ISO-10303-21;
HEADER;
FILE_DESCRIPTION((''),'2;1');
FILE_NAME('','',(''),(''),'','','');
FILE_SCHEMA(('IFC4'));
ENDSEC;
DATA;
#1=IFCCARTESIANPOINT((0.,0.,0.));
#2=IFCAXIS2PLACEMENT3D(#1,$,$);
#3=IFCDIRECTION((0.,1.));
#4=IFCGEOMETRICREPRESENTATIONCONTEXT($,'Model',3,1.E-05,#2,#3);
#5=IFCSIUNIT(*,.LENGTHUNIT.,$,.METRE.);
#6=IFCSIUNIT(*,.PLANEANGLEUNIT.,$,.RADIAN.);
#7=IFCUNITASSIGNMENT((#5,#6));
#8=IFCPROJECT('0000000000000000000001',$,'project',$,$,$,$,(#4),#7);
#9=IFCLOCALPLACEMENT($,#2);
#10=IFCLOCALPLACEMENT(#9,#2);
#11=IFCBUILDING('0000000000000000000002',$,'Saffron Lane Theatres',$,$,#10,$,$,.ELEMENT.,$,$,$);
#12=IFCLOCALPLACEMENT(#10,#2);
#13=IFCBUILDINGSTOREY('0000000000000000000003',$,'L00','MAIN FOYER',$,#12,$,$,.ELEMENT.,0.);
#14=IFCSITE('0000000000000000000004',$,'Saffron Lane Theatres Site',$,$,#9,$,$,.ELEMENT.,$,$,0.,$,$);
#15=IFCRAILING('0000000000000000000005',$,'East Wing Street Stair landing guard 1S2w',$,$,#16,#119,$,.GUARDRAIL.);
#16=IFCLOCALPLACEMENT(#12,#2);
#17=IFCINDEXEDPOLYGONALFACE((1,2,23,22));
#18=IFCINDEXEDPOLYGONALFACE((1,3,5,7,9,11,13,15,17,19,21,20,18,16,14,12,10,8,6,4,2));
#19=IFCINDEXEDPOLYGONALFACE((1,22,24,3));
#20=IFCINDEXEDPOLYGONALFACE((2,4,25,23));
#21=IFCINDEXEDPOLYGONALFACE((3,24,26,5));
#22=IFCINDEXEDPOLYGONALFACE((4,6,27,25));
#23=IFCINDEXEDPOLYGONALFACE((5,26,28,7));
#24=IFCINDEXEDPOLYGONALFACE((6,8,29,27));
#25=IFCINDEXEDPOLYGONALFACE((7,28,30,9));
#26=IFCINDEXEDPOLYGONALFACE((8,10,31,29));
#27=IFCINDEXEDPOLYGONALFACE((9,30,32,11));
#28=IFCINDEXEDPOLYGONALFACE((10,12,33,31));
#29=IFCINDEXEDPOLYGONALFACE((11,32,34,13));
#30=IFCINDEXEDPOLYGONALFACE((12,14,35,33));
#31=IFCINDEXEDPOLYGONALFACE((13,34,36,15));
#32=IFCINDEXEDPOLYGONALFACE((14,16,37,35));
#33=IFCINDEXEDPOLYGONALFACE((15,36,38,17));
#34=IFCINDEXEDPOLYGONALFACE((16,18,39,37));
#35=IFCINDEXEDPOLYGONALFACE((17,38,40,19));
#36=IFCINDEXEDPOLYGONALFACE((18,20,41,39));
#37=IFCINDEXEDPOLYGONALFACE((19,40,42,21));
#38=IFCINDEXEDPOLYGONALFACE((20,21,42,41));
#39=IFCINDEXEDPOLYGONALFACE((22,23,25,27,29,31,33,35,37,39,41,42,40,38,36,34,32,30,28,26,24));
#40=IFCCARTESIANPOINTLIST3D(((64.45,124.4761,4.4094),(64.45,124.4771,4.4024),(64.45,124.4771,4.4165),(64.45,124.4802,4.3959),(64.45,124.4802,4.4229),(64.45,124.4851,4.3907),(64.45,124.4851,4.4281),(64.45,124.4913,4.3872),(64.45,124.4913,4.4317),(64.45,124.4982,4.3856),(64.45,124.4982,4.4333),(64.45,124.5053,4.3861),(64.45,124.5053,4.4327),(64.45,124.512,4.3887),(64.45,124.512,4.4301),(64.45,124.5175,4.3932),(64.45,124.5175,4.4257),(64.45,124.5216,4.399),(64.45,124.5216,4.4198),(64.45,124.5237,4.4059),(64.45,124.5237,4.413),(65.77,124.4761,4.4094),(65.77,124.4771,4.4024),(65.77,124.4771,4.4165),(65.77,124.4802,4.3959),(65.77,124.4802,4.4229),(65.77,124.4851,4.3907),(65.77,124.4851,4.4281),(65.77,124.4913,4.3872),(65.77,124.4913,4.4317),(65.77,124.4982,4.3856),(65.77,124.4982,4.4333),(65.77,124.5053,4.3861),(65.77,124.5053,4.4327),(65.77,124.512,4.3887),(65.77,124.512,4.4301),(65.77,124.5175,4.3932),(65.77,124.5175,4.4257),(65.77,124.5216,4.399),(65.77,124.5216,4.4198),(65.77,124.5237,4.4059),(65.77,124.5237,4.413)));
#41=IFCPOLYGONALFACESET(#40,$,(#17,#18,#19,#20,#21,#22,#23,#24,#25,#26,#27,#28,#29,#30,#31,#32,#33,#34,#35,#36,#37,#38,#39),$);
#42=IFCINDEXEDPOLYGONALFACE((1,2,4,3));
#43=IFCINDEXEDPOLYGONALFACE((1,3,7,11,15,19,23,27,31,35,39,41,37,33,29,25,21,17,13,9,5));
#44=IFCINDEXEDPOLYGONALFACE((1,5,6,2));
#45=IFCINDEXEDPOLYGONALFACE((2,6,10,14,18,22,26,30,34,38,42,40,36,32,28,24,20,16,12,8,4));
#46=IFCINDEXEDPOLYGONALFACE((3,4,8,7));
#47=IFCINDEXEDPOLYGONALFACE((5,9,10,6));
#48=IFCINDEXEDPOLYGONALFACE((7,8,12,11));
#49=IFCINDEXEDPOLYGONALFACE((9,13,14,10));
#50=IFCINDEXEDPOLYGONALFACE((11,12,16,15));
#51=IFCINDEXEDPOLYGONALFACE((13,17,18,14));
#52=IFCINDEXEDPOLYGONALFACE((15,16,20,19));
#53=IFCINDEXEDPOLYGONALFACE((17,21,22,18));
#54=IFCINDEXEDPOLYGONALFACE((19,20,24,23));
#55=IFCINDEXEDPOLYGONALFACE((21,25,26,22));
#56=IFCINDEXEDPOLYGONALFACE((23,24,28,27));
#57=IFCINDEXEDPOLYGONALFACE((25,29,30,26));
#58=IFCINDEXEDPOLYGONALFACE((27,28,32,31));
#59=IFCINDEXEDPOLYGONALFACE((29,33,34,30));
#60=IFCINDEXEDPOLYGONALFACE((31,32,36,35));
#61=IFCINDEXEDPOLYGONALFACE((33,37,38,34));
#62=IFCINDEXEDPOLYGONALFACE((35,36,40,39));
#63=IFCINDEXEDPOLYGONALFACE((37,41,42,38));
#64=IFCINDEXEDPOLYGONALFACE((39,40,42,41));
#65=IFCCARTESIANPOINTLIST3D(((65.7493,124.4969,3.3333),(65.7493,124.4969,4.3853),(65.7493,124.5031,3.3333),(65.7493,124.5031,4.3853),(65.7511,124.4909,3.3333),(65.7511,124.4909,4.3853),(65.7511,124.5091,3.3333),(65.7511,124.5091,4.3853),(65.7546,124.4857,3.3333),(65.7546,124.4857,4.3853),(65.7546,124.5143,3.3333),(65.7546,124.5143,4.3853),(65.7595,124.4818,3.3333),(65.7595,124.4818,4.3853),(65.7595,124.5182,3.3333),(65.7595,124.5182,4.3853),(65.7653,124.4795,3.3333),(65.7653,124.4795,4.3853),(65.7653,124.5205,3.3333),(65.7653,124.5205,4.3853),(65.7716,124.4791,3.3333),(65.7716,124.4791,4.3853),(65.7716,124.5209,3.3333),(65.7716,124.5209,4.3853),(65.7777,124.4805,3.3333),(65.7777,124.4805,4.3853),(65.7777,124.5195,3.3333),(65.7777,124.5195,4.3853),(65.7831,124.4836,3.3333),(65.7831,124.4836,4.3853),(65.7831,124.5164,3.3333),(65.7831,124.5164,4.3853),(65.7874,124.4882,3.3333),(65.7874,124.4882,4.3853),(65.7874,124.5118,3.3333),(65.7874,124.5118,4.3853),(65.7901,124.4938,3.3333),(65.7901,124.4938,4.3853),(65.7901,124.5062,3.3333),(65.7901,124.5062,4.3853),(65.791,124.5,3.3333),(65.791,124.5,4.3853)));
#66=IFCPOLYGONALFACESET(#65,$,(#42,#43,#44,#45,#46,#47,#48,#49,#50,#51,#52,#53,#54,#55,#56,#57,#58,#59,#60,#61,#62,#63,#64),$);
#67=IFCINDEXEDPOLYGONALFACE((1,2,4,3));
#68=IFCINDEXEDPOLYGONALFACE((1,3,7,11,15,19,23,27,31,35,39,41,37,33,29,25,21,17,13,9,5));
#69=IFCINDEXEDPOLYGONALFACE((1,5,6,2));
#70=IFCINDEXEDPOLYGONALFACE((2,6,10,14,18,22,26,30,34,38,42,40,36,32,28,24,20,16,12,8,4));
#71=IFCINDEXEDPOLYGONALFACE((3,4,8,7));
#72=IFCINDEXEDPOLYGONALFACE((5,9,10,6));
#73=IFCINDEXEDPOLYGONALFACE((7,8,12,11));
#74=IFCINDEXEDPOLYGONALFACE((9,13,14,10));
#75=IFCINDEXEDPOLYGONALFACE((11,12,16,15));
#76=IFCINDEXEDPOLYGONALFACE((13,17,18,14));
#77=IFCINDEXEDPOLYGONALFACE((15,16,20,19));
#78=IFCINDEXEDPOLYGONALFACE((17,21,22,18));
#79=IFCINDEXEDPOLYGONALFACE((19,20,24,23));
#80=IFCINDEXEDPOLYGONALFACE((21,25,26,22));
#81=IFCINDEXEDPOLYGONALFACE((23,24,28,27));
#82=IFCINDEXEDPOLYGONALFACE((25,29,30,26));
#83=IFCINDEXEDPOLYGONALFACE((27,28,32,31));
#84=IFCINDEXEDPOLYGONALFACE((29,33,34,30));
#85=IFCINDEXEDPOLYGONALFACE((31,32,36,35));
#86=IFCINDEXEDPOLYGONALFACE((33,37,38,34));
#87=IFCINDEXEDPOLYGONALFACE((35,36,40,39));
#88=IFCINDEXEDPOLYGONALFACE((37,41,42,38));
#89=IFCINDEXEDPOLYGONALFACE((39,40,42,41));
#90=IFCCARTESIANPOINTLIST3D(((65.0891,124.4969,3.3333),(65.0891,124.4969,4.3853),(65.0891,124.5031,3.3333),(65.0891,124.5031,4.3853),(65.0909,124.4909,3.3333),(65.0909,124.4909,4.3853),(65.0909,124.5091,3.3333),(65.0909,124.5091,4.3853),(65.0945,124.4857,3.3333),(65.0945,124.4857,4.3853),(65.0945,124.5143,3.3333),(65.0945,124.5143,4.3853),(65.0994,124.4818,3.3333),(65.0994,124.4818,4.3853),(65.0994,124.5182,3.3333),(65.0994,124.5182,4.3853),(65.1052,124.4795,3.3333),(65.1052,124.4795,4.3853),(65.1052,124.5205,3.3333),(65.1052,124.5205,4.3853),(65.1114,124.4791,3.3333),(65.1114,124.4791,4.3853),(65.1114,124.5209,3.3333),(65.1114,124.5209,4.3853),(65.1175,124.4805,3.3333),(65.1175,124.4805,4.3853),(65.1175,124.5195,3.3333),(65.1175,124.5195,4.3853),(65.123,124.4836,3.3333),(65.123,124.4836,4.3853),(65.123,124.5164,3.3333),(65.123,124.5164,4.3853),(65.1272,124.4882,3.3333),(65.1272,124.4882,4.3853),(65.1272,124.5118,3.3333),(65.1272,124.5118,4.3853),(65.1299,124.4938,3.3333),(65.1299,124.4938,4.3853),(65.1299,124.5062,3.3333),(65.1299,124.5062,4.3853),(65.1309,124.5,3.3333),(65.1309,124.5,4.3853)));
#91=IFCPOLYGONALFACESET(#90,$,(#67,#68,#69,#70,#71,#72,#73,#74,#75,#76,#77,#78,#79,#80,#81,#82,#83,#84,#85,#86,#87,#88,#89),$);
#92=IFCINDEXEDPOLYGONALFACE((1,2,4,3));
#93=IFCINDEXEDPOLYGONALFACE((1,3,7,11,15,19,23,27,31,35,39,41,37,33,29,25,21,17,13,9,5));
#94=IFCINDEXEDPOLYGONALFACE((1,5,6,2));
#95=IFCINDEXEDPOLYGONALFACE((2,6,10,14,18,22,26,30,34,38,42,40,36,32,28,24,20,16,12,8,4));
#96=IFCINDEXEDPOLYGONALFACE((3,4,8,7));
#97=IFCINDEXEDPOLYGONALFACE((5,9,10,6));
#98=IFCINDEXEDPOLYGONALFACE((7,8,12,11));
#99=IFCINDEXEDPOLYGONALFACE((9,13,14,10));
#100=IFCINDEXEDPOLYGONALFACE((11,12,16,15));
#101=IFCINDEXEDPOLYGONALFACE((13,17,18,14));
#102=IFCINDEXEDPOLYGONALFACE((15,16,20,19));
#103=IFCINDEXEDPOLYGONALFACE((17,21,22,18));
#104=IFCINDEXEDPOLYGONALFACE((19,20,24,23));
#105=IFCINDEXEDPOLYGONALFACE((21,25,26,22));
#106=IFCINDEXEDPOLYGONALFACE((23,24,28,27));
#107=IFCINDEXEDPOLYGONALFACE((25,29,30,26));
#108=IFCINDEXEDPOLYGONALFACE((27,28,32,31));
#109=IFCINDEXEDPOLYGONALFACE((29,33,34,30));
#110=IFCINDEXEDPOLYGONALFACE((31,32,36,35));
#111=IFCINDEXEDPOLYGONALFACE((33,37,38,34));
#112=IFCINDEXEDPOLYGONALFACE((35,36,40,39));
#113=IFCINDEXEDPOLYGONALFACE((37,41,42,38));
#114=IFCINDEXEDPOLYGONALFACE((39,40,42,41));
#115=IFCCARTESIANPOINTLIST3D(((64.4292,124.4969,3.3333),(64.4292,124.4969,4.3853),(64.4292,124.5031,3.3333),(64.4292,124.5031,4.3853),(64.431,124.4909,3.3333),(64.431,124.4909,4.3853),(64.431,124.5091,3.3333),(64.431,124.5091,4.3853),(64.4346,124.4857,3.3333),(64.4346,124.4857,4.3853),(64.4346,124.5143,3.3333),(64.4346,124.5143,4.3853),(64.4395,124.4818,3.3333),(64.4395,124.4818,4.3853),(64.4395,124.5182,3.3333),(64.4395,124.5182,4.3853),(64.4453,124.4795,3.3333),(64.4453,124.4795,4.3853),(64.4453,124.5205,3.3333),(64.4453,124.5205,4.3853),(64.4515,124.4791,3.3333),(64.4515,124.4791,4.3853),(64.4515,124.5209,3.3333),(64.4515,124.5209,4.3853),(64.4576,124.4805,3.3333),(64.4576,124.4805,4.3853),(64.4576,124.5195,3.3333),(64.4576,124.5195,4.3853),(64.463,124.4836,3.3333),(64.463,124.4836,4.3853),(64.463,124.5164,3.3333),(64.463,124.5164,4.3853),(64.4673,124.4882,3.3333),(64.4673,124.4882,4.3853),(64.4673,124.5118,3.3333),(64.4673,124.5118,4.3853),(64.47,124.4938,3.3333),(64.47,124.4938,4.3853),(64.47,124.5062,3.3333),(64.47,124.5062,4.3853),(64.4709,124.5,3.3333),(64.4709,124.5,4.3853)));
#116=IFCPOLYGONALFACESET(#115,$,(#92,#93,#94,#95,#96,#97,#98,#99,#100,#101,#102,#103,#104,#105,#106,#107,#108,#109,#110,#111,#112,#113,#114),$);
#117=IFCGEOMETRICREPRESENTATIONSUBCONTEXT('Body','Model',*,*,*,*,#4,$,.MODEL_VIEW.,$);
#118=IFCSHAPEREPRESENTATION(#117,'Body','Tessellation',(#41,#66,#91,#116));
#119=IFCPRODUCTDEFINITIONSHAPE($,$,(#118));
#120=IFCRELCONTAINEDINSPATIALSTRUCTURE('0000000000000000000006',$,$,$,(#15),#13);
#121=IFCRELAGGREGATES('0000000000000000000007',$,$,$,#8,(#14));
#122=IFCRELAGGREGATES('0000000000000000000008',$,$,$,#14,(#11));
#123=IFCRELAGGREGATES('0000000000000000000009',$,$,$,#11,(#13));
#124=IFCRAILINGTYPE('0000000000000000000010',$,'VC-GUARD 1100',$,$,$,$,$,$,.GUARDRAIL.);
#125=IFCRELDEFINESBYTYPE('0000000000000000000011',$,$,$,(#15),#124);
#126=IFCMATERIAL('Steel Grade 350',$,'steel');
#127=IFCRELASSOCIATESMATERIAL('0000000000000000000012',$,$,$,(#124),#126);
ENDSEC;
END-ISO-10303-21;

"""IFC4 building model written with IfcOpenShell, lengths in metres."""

from ifc_helpers import new_model, si_unit, direction, frame, origin, origin_2d, place, context, subcontext, project, spatial, circle, extrude, material, type_object, element, save


model = new_model("IFC4")

# Units and contexts
model_context = context("Model", 3, precision=1e-05, world=origin(), true_north=direction((0.0, 1.0)))
body_context = subcontext(model_context, "Body", "Model", "MODEL_VIEW")
ifc_project = project(units=[si_unit("LENGTHUNIT", "METRE"), si_unit("PLANEANGLEUNIT", "RADIAN")], contexts=[model_context])

# Site, building, storey
site_placement = place(None, origin())
site = spatial("IfcSite", under=ifc_project, at=site_placement, Name="Saffron Lane Theatres Site", CompositionType="ELEMENT", RefElevation=0.0)
building_placement = place(site_placement, origin())
building = spatial("IfcBuilding", under=site, at=building_placement, Name="Saffron Lane Theatres", CompositionType="ELEMENT")
storey_placement = place(building_placement, origin())
storey = spatial("IfcBuildingStorey", under=building, at=storey_placement, Name="L00", Description="MAIN FOYER", CompositionType="ELEMENT", Elevation=0.0)

# Railing
ifc_material_1 = material(Name="Steel Grade 350", Category="steel")
railing_type_1 = type_object("IfcRailingType", Name="VC-GUARD 1100", PredefinedType="GUARDRAIL", material=ifc_material_1)
railing_1_placement = place(storey_placement, frame((65.77, 124.5, 3.3333)))
element("IfcRailing", 1, at=railing_1_placement, inside=storey, type_object=railing_type_1, Name="East Wing Street Stair landing guard 1S2w", PredefinedType="GUARDRAIL", context=body_context, shape_type="SweptSolid", body=[
    extrude(circle(Radius=0.0239, at=origin_2d()), frame((0.0, 0.0, 1.0762), z_axis=(-1.0, 0.0, 0.0), x_axis=(0.0, -1.0, 0.0)), (0.0, 0.0, 1.0), 1.3201),
    extrude(circle(Radius=0.021, at=origin_2d()), origin(), (0.0, 0.0, 1.0), 1.052),
    extrude(circle(Radius=0.021, at=origin_2d()), frame((-0.6602, 0.0, 0.0)), (0.0, 0.0, 1.0), 1.052),
    extrude(circle(Radius=0.021, at=origin_2d()), frame((-1.3201, 0.0, 0.0)), (0.0, 0.0, 1.0), 1.052),
])

save(model, "model.ifc")
